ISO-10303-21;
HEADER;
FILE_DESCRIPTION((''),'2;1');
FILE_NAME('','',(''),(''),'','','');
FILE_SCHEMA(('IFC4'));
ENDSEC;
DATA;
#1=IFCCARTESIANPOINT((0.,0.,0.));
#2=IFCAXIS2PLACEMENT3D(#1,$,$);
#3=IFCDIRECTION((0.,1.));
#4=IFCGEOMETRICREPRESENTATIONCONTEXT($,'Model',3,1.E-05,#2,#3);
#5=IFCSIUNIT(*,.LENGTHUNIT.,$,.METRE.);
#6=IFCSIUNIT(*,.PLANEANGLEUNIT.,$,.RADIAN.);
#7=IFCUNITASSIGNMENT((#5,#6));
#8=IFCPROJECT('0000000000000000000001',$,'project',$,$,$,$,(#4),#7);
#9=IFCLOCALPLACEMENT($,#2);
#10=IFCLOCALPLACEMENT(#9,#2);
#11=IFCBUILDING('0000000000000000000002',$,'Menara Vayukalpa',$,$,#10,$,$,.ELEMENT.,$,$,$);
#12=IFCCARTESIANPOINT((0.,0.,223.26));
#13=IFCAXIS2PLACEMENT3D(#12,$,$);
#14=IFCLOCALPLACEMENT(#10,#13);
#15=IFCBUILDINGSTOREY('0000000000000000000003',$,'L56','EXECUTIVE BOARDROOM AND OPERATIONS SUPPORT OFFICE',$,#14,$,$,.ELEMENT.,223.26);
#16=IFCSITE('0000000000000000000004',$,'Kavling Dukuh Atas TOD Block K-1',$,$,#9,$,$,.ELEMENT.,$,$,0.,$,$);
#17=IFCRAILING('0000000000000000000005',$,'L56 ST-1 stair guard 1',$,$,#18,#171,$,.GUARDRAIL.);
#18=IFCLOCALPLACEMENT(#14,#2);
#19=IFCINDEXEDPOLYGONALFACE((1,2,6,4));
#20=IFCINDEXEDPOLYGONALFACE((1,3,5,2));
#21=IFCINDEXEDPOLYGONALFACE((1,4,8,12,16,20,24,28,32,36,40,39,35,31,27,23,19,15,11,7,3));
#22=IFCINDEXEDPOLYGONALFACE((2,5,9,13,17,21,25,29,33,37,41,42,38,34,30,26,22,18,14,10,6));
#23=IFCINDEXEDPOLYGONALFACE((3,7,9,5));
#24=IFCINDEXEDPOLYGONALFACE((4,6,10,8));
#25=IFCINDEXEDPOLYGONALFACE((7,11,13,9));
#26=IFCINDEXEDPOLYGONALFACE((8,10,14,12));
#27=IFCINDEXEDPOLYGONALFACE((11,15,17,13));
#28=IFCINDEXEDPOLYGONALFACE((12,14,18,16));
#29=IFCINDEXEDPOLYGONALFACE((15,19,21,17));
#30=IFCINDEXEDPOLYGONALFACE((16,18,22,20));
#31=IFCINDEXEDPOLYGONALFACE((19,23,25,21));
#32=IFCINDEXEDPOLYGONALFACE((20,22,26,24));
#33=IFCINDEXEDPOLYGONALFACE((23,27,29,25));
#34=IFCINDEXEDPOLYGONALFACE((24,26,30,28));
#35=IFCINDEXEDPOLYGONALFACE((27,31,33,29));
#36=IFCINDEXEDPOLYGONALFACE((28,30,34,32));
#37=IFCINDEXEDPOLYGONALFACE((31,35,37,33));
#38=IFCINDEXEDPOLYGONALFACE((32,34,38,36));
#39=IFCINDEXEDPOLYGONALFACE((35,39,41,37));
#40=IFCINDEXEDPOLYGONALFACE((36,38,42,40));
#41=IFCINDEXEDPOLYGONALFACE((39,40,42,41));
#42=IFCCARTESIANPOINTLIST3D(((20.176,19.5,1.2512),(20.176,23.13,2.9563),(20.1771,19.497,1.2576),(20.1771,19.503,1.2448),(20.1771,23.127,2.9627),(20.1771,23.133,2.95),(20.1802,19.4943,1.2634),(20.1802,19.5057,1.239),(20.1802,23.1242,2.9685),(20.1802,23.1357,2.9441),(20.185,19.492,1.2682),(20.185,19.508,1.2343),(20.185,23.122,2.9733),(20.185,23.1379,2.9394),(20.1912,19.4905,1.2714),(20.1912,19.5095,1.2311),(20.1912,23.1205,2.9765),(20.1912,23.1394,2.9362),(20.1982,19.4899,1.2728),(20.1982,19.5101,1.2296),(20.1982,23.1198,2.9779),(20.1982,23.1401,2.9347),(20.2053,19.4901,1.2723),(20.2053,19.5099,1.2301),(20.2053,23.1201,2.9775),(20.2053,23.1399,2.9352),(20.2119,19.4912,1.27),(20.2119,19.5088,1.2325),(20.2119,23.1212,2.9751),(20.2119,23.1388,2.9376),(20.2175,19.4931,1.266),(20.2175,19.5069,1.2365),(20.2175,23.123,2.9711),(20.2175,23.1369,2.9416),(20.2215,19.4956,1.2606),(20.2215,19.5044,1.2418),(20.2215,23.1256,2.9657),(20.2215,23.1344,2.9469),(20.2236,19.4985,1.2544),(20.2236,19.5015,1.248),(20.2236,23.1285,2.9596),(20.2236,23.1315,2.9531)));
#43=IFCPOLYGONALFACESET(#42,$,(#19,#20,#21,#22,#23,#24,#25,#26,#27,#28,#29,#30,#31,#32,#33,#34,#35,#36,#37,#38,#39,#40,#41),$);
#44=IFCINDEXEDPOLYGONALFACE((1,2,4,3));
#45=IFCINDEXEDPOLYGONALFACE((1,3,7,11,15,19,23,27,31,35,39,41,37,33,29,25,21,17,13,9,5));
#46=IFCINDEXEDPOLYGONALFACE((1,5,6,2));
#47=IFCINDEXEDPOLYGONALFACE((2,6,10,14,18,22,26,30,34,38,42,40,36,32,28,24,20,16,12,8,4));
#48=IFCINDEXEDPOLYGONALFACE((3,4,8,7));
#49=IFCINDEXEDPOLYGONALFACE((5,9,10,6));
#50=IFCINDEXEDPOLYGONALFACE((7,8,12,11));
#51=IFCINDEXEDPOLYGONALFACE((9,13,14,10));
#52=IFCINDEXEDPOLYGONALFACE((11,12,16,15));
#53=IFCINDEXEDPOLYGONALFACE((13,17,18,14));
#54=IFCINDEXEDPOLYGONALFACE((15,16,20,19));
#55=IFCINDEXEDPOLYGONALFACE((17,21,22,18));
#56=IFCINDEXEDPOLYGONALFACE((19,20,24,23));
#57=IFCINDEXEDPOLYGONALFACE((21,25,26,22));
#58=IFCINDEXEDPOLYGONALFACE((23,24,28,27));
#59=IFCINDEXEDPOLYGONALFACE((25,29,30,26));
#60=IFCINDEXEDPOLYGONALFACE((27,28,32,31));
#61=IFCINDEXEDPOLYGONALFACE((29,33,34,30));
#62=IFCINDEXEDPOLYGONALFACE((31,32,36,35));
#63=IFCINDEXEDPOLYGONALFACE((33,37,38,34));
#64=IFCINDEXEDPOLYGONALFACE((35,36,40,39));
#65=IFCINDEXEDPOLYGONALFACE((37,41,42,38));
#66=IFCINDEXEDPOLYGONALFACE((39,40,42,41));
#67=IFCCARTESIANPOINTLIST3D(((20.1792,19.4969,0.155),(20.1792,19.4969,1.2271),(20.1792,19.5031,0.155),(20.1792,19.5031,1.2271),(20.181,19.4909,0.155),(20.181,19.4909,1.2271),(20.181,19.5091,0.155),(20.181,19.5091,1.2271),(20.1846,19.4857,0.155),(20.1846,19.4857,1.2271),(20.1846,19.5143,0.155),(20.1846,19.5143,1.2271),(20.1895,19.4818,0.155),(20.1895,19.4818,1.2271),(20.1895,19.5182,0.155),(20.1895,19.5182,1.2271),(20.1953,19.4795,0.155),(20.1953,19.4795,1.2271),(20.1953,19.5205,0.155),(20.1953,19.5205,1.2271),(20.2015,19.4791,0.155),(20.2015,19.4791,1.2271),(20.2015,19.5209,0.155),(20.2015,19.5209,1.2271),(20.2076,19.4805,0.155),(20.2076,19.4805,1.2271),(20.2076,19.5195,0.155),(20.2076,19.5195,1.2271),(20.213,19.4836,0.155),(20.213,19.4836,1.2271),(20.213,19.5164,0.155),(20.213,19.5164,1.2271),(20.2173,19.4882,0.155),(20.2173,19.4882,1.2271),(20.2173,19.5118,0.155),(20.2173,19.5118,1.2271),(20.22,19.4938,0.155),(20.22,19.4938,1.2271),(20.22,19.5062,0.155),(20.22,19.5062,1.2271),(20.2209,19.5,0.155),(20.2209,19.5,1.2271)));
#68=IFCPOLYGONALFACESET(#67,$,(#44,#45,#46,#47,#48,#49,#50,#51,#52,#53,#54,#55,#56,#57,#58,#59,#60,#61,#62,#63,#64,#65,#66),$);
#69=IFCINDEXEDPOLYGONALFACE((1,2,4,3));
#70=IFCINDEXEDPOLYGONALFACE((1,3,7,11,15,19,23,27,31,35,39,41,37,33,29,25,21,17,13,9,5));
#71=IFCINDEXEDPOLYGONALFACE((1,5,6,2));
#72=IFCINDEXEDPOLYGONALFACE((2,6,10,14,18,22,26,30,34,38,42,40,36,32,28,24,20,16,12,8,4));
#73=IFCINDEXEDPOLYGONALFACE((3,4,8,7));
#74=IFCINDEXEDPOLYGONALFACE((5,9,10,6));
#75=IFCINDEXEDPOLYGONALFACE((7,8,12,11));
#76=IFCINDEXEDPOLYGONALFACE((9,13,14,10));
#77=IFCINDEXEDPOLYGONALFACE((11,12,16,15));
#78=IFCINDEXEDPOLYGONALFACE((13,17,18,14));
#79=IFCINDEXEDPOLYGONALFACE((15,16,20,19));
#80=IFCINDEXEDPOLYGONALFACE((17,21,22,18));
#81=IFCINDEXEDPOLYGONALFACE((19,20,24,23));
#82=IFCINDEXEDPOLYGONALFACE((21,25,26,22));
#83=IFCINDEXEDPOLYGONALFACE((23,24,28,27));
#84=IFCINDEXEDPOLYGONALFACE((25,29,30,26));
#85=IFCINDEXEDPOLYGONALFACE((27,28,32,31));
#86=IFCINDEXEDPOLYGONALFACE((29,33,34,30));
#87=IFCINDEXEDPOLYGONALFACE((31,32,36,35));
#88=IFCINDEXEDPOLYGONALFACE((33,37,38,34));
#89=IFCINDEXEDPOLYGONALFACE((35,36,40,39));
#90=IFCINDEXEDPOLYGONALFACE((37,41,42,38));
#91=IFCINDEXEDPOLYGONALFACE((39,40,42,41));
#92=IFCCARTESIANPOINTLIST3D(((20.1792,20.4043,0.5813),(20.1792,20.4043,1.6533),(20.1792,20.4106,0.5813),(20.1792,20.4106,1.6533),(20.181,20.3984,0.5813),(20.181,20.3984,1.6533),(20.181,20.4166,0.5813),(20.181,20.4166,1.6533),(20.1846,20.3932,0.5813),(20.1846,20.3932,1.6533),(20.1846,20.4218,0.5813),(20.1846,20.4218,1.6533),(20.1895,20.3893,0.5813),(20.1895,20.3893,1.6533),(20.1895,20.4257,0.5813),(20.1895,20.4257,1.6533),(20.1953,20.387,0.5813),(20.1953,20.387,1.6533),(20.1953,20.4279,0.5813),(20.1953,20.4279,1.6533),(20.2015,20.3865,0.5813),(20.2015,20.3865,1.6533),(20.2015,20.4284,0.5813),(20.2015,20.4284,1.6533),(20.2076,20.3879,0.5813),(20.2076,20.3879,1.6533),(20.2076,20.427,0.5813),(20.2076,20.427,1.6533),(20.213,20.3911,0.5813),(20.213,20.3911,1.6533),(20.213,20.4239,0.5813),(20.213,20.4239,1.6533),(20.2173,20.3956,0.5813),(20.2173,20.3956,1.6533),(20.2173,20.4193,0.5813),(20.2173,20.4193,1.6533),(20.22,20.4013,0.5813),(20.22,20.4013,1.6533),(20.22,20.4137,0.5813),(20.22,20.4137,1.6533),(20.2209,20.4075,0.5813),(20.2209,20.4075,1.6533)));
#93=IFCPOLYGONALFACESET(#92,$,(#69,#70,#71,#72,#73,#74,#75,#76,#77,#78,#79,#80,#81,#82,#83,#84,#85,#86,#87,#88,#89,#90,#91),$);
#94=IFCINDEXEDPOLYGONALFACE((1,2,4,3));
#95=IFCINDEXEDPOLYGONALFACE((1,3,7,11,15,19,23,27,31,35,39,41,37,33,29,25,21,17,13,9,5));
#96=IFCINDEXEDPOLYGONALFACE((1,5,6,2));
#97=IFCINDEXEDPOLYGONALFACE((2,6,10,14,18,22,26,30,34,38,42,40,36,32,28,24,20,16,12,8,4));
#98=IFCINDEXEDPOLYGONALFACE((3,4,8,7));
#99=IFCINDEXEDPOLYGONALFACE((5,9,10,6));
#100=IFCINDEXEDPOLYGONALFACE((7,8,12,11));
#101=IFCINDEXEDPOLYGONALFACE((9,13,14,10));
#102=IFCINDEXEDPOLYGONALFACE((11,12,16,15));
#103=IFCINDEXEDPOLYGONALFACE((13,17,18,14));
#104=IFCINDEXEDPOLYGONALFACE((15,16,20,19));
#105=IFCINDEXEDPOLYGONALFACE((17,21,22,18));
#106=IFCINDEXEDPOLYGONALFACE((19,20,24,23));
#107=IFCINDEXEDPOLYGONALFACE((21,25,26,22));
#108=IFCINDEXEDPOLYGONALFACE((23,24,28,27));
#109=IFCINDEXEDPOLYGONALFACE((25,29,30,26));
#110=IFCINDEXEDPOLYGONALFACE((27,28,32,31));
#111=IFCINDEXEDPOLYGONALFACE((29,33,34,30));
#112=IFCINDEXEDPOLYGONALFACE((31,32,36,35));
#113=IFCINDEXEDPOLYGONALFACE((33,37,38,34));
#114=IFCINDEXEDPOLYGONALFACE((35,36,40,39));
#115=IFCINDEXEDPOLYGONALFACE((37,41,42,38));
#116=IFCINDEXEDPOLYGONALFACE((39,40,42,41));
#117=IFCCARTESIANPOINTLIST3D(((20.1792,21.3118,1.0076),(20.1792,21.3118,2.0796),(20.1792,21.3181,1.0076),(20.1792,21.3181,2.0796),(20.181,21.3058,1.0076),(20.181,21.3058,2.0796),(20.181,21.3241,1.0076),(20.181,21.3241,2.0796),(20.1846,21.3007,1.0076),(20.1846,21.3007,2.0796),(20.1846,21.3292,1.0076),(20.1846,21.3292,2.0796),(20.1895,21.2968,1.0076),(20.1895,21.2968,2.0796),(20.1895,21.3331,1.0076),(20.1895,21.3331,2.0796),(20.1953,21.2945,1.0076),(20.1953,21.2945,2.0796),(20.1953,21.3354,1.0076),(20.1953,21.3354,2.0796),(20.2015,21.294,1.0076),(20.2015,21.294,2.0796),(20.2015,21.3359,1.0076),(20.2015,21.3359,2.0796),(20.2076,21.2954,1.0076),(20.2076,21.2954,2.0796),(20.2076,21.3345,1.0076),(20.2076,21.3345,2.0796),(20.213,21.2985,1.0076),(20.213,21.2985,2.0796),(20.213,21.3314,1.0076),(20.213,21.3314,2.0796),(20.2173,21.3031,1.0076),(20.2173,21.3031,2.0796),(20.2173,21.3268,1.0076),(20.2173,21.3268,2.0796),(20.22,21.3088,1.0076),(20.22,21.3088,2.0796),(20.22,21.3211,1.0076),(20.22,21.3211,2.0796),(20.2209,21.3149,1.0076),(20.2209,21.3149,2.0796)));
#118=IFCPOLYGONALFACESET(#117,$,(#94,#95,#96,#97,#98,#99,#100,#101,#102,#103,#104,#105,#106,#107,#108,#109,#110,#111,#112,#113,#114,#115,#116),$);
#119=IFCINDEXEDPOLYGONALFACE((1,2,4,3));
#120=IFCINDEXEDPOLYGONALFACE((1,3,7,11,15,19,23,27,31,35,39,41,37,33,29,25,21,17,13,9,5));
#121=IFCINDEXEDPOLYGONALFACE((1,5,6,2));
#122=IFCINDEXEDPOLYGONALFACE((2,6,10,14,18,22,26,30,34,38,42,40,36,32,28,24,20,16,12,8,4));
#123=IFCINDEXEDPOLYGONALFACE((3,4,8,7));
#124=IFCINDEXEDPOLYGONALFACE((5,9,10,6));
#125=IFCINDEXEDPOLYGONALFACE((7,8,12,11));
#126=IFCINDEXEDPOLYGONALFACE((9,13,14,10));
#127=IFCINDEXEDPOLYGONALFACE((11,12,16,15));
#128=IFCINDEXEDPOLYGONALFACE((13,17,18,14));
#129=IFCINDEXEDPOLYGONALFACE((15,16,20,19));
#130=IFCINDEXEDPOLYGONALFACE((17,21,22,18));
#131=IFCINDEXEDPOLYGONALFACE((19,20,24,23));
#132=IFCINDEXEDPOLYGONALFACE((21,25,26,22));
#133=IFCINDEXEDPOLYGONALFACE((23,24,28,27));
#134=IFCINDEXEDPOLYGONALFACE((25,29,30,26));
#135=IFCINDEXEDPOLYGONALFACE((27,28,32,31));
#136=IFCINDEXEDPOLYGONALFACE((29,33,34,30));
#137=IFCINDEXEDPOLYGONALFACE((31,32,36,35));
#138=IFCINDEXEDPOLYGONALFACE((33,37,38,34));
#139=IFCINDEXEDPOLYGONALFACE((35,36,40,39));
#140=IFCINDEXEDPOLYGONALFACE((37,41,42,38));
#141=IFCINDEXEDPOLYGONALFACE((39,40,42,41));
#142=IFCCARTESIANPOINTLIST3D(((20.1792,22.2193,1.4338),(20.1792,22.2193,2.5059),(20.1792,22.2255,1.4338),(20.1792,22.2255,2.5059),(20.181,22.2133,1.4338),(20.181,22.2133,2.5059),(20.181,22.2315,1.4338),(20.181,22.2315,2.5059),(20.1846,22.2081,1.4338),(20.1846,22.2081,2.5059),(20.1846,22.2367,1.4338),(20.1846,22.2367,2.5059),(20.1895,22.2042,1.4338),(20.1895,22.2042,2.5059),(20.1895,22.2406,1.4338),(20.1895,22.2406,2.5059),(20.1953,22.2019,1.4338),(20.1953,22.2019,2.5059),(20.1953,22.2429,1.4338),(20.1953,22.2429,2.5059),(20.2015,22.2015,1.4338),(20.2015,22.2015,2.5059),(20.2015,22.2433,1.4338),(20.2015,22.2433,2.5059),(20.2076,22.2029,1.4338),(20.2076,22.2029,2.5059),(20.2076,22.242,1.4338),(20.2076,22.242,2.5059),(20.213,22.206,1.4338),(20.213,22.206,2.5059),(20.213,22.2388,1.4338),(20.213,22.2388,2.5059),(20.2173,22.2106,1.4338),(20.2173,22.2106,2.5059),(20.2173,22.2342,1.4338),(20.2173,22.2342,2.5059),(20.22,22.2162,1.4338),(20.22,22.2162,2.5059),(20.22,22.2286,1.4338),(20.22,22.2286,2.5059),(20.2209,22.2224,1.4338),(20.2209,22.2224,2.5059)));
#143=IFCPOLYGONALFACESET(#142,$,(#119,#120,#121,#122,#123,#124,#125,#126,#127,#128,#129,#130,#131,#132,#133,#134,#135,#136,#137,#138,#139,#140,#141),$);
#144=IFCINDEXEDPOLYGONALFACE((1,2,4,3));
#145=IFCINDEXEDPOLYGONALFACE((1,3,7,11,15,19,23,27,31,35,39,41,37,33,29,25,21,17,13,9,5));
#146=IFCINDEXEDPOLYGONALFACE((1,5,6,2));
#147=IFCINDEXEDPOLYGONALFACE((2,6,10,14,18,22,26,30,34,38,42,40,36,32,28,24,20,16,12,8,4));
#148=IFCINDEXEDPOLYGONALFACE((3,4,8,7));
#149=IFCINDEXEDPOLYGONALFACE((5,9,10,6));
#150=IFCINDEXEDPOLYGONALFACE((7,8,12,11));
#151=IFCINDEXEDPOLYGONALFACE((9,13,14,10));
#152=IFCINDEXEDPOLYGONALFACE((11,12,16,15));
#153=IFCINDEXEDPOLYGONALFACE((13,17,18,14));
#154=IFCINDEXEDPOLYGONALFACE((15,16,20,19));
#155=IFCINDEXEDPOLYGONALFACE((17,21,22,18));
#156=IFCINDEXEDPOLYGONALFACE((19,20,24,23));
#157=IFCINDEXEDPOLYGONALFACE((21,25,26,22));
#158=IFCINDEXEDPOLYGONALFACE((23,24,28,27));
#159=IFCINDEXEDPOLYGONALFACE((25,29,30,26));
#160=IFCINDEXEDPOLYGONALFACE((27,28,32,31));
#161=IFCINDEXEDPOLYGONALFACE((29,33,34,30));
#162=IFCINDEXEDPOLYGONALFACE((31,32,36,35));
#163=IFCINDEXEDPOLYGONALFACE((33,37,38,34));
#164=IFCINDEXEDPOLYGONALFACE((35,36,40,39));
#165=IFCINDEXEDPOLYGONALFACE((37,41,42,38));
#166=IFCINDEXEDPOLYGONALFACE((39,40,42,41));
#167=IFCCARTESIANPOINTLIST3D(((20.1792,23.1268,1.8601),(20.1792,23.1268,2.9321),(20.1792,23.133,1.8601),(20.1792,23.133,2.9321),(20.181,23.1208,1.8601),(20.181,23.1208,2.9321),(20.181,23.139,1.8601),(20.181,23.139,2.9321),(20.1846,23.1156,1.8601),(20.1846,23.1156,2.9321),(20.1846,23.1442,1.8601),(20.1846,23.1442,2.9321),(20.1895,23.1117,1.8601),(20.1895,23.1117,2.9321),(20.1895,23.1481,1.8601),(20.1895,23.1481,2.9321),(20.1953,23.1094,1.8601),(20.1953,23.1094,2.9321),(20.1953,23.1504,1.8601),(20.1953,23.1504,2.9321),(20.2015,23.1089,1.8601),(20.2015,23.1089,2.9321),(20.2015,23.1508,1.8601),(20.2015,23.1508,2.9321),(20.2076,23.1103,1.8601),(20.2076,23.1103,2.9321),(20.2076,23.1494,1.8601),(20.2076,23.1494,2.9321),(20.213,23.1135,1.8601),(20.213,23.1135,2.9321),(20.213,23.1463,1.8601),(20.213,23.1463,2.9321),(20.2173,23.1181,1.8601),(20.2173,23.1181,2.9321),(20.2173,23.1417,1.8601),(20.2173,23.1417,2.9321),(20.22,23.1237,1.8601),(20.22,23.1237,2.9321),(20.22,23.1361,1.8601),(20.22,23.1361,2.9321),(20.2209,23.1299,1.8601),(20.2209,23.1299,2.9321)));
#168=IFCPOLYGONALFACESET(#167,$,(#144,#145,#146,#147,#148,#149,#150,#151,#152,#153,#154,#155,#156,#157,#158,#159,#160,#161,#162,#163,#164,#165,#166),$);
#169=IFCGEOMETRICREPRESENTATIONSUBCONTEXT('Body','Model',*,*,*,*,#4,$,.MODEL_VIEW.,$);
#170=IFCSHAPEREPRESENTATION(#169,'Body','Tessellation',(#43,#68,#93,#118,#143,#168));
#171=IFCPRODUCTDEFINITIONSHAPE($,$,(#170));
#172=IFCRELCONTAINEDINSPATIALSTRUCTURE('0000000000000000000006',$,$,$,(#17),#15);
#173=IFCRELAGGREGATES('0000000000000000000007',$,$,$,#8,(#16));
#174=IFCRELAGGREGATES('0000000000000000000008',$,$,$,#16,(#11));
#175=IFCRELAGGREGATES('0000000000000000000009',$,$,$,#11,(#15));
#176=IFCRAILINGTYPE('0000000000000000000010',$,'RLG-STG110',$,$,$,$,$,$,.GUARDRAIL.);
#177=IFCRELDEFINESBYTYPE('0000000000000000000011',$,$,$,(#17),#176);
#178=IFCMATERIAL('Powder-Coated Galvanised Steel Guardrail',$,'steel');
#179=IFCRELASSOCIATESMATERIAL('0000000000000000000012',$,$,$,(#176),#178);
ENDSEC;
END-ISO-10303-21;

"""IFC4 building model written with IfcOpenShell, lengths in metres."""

from ifc_helpers import new_model, si_unit, direction, frame, origin, origin_2d, place, context, subcontext, project, spatial, circle, extrude, material, type_object, element, save


model = new_model("IFC4")

# Units and contexts
model_context = context("Model", 3, precision=1e-05, world=origin(), true_north=direction((0.0, 1.0)))
body_context = subcontext(model_context, "Body", "Model", "MODEL_VIEW")
ifc_project = project(units=[si_unit("LENGTHUNIT", "METRE"), si_unit("PLANEANGLEUNIT", "RADIAN")], contexts=[model_context])

# Site, building, storey
site_placement = place(None, origin())
site = spatial("IfcSite", under=ifc_project, at=site_placement, Name="Kavling Dukuh Atas TOD Block K-1", CompositionType="ELEMENT", RefElevation=0.0)
building_placement = place(site_placement, origin())
building = spatial("IfcBuilding", under=site, at=building_placement, Name="Menara Vayukalpa", CompositionType="ELEMENT")
storey_placement = place(building_placement, frame((0.0, 0.0, 223.26)))
storey = spatial("IfcBuildingStorey", under=building, at=storey_placement, Name="L56", Description="EXECUTIVE BOARDROOM AND OPERATIONS SUPPORT OFFICE", CompositionType="ELEMENT", Elevation=223.26)

# Railing
ifc_material_1 = material(Name="Powder-Coated Galvanised Steel Guardrail", Category="steel")
railing_type_1 = type_object("IfcRailingType", Name="RLG-STG110", PredefinedType="GUARDRAIL", material=ifc_material_1)
railing_1_placement = place(storey_placement, frame((20.2, 19.5, 0.155)))
element("IfcRailing", 1, at=railing_1_placement, inside=storey, type_object=railing_type_1, Name="L56 ST-1 stair guard 1", PredefinedType="GUARDRAIL", context=body_context, shape_type="SweptSolid", body=[
    extrude(circle(Radius=0.0239, at=origin_2d()), frame((0.0, 0.0, 1.0962), z_axis=(0.0, 0.905116, 0.425164), x_axis=(-1.0, 0.0, 0.0)), (0.0, 0.0, 1.0), 4.0105),
    extrude(circle(Radius=0.021, at=origin_2d()), origin(), (0.0, 0.0, 1.0), 1.072),
    extrude(circle(Radius=0.021, at=origin_2d()), frame((0.0, 0.9075, 0.4263)), (0.0, 0.0, 1.0), 1.072),
    extrude(circle(Radius=0.021, at=origin_2d()), frame((0.0, 1.8149, 0.8525)), (0.0, 0.0, 1.0), 1.072),
    extrude(circle(Radius=0.021, at=origin_2d()), frame((0.0, 2.7224, 1.2788)), (0.0, 0.0, 1.0), 1.072),
    extrude(circle(Radius=0.021, at=origin_2d()), frame((0.0, 3.6299, 1.7051)), (0.0, 0.0, 1.0), 1.072),
])

save(model, "model.ifc")
